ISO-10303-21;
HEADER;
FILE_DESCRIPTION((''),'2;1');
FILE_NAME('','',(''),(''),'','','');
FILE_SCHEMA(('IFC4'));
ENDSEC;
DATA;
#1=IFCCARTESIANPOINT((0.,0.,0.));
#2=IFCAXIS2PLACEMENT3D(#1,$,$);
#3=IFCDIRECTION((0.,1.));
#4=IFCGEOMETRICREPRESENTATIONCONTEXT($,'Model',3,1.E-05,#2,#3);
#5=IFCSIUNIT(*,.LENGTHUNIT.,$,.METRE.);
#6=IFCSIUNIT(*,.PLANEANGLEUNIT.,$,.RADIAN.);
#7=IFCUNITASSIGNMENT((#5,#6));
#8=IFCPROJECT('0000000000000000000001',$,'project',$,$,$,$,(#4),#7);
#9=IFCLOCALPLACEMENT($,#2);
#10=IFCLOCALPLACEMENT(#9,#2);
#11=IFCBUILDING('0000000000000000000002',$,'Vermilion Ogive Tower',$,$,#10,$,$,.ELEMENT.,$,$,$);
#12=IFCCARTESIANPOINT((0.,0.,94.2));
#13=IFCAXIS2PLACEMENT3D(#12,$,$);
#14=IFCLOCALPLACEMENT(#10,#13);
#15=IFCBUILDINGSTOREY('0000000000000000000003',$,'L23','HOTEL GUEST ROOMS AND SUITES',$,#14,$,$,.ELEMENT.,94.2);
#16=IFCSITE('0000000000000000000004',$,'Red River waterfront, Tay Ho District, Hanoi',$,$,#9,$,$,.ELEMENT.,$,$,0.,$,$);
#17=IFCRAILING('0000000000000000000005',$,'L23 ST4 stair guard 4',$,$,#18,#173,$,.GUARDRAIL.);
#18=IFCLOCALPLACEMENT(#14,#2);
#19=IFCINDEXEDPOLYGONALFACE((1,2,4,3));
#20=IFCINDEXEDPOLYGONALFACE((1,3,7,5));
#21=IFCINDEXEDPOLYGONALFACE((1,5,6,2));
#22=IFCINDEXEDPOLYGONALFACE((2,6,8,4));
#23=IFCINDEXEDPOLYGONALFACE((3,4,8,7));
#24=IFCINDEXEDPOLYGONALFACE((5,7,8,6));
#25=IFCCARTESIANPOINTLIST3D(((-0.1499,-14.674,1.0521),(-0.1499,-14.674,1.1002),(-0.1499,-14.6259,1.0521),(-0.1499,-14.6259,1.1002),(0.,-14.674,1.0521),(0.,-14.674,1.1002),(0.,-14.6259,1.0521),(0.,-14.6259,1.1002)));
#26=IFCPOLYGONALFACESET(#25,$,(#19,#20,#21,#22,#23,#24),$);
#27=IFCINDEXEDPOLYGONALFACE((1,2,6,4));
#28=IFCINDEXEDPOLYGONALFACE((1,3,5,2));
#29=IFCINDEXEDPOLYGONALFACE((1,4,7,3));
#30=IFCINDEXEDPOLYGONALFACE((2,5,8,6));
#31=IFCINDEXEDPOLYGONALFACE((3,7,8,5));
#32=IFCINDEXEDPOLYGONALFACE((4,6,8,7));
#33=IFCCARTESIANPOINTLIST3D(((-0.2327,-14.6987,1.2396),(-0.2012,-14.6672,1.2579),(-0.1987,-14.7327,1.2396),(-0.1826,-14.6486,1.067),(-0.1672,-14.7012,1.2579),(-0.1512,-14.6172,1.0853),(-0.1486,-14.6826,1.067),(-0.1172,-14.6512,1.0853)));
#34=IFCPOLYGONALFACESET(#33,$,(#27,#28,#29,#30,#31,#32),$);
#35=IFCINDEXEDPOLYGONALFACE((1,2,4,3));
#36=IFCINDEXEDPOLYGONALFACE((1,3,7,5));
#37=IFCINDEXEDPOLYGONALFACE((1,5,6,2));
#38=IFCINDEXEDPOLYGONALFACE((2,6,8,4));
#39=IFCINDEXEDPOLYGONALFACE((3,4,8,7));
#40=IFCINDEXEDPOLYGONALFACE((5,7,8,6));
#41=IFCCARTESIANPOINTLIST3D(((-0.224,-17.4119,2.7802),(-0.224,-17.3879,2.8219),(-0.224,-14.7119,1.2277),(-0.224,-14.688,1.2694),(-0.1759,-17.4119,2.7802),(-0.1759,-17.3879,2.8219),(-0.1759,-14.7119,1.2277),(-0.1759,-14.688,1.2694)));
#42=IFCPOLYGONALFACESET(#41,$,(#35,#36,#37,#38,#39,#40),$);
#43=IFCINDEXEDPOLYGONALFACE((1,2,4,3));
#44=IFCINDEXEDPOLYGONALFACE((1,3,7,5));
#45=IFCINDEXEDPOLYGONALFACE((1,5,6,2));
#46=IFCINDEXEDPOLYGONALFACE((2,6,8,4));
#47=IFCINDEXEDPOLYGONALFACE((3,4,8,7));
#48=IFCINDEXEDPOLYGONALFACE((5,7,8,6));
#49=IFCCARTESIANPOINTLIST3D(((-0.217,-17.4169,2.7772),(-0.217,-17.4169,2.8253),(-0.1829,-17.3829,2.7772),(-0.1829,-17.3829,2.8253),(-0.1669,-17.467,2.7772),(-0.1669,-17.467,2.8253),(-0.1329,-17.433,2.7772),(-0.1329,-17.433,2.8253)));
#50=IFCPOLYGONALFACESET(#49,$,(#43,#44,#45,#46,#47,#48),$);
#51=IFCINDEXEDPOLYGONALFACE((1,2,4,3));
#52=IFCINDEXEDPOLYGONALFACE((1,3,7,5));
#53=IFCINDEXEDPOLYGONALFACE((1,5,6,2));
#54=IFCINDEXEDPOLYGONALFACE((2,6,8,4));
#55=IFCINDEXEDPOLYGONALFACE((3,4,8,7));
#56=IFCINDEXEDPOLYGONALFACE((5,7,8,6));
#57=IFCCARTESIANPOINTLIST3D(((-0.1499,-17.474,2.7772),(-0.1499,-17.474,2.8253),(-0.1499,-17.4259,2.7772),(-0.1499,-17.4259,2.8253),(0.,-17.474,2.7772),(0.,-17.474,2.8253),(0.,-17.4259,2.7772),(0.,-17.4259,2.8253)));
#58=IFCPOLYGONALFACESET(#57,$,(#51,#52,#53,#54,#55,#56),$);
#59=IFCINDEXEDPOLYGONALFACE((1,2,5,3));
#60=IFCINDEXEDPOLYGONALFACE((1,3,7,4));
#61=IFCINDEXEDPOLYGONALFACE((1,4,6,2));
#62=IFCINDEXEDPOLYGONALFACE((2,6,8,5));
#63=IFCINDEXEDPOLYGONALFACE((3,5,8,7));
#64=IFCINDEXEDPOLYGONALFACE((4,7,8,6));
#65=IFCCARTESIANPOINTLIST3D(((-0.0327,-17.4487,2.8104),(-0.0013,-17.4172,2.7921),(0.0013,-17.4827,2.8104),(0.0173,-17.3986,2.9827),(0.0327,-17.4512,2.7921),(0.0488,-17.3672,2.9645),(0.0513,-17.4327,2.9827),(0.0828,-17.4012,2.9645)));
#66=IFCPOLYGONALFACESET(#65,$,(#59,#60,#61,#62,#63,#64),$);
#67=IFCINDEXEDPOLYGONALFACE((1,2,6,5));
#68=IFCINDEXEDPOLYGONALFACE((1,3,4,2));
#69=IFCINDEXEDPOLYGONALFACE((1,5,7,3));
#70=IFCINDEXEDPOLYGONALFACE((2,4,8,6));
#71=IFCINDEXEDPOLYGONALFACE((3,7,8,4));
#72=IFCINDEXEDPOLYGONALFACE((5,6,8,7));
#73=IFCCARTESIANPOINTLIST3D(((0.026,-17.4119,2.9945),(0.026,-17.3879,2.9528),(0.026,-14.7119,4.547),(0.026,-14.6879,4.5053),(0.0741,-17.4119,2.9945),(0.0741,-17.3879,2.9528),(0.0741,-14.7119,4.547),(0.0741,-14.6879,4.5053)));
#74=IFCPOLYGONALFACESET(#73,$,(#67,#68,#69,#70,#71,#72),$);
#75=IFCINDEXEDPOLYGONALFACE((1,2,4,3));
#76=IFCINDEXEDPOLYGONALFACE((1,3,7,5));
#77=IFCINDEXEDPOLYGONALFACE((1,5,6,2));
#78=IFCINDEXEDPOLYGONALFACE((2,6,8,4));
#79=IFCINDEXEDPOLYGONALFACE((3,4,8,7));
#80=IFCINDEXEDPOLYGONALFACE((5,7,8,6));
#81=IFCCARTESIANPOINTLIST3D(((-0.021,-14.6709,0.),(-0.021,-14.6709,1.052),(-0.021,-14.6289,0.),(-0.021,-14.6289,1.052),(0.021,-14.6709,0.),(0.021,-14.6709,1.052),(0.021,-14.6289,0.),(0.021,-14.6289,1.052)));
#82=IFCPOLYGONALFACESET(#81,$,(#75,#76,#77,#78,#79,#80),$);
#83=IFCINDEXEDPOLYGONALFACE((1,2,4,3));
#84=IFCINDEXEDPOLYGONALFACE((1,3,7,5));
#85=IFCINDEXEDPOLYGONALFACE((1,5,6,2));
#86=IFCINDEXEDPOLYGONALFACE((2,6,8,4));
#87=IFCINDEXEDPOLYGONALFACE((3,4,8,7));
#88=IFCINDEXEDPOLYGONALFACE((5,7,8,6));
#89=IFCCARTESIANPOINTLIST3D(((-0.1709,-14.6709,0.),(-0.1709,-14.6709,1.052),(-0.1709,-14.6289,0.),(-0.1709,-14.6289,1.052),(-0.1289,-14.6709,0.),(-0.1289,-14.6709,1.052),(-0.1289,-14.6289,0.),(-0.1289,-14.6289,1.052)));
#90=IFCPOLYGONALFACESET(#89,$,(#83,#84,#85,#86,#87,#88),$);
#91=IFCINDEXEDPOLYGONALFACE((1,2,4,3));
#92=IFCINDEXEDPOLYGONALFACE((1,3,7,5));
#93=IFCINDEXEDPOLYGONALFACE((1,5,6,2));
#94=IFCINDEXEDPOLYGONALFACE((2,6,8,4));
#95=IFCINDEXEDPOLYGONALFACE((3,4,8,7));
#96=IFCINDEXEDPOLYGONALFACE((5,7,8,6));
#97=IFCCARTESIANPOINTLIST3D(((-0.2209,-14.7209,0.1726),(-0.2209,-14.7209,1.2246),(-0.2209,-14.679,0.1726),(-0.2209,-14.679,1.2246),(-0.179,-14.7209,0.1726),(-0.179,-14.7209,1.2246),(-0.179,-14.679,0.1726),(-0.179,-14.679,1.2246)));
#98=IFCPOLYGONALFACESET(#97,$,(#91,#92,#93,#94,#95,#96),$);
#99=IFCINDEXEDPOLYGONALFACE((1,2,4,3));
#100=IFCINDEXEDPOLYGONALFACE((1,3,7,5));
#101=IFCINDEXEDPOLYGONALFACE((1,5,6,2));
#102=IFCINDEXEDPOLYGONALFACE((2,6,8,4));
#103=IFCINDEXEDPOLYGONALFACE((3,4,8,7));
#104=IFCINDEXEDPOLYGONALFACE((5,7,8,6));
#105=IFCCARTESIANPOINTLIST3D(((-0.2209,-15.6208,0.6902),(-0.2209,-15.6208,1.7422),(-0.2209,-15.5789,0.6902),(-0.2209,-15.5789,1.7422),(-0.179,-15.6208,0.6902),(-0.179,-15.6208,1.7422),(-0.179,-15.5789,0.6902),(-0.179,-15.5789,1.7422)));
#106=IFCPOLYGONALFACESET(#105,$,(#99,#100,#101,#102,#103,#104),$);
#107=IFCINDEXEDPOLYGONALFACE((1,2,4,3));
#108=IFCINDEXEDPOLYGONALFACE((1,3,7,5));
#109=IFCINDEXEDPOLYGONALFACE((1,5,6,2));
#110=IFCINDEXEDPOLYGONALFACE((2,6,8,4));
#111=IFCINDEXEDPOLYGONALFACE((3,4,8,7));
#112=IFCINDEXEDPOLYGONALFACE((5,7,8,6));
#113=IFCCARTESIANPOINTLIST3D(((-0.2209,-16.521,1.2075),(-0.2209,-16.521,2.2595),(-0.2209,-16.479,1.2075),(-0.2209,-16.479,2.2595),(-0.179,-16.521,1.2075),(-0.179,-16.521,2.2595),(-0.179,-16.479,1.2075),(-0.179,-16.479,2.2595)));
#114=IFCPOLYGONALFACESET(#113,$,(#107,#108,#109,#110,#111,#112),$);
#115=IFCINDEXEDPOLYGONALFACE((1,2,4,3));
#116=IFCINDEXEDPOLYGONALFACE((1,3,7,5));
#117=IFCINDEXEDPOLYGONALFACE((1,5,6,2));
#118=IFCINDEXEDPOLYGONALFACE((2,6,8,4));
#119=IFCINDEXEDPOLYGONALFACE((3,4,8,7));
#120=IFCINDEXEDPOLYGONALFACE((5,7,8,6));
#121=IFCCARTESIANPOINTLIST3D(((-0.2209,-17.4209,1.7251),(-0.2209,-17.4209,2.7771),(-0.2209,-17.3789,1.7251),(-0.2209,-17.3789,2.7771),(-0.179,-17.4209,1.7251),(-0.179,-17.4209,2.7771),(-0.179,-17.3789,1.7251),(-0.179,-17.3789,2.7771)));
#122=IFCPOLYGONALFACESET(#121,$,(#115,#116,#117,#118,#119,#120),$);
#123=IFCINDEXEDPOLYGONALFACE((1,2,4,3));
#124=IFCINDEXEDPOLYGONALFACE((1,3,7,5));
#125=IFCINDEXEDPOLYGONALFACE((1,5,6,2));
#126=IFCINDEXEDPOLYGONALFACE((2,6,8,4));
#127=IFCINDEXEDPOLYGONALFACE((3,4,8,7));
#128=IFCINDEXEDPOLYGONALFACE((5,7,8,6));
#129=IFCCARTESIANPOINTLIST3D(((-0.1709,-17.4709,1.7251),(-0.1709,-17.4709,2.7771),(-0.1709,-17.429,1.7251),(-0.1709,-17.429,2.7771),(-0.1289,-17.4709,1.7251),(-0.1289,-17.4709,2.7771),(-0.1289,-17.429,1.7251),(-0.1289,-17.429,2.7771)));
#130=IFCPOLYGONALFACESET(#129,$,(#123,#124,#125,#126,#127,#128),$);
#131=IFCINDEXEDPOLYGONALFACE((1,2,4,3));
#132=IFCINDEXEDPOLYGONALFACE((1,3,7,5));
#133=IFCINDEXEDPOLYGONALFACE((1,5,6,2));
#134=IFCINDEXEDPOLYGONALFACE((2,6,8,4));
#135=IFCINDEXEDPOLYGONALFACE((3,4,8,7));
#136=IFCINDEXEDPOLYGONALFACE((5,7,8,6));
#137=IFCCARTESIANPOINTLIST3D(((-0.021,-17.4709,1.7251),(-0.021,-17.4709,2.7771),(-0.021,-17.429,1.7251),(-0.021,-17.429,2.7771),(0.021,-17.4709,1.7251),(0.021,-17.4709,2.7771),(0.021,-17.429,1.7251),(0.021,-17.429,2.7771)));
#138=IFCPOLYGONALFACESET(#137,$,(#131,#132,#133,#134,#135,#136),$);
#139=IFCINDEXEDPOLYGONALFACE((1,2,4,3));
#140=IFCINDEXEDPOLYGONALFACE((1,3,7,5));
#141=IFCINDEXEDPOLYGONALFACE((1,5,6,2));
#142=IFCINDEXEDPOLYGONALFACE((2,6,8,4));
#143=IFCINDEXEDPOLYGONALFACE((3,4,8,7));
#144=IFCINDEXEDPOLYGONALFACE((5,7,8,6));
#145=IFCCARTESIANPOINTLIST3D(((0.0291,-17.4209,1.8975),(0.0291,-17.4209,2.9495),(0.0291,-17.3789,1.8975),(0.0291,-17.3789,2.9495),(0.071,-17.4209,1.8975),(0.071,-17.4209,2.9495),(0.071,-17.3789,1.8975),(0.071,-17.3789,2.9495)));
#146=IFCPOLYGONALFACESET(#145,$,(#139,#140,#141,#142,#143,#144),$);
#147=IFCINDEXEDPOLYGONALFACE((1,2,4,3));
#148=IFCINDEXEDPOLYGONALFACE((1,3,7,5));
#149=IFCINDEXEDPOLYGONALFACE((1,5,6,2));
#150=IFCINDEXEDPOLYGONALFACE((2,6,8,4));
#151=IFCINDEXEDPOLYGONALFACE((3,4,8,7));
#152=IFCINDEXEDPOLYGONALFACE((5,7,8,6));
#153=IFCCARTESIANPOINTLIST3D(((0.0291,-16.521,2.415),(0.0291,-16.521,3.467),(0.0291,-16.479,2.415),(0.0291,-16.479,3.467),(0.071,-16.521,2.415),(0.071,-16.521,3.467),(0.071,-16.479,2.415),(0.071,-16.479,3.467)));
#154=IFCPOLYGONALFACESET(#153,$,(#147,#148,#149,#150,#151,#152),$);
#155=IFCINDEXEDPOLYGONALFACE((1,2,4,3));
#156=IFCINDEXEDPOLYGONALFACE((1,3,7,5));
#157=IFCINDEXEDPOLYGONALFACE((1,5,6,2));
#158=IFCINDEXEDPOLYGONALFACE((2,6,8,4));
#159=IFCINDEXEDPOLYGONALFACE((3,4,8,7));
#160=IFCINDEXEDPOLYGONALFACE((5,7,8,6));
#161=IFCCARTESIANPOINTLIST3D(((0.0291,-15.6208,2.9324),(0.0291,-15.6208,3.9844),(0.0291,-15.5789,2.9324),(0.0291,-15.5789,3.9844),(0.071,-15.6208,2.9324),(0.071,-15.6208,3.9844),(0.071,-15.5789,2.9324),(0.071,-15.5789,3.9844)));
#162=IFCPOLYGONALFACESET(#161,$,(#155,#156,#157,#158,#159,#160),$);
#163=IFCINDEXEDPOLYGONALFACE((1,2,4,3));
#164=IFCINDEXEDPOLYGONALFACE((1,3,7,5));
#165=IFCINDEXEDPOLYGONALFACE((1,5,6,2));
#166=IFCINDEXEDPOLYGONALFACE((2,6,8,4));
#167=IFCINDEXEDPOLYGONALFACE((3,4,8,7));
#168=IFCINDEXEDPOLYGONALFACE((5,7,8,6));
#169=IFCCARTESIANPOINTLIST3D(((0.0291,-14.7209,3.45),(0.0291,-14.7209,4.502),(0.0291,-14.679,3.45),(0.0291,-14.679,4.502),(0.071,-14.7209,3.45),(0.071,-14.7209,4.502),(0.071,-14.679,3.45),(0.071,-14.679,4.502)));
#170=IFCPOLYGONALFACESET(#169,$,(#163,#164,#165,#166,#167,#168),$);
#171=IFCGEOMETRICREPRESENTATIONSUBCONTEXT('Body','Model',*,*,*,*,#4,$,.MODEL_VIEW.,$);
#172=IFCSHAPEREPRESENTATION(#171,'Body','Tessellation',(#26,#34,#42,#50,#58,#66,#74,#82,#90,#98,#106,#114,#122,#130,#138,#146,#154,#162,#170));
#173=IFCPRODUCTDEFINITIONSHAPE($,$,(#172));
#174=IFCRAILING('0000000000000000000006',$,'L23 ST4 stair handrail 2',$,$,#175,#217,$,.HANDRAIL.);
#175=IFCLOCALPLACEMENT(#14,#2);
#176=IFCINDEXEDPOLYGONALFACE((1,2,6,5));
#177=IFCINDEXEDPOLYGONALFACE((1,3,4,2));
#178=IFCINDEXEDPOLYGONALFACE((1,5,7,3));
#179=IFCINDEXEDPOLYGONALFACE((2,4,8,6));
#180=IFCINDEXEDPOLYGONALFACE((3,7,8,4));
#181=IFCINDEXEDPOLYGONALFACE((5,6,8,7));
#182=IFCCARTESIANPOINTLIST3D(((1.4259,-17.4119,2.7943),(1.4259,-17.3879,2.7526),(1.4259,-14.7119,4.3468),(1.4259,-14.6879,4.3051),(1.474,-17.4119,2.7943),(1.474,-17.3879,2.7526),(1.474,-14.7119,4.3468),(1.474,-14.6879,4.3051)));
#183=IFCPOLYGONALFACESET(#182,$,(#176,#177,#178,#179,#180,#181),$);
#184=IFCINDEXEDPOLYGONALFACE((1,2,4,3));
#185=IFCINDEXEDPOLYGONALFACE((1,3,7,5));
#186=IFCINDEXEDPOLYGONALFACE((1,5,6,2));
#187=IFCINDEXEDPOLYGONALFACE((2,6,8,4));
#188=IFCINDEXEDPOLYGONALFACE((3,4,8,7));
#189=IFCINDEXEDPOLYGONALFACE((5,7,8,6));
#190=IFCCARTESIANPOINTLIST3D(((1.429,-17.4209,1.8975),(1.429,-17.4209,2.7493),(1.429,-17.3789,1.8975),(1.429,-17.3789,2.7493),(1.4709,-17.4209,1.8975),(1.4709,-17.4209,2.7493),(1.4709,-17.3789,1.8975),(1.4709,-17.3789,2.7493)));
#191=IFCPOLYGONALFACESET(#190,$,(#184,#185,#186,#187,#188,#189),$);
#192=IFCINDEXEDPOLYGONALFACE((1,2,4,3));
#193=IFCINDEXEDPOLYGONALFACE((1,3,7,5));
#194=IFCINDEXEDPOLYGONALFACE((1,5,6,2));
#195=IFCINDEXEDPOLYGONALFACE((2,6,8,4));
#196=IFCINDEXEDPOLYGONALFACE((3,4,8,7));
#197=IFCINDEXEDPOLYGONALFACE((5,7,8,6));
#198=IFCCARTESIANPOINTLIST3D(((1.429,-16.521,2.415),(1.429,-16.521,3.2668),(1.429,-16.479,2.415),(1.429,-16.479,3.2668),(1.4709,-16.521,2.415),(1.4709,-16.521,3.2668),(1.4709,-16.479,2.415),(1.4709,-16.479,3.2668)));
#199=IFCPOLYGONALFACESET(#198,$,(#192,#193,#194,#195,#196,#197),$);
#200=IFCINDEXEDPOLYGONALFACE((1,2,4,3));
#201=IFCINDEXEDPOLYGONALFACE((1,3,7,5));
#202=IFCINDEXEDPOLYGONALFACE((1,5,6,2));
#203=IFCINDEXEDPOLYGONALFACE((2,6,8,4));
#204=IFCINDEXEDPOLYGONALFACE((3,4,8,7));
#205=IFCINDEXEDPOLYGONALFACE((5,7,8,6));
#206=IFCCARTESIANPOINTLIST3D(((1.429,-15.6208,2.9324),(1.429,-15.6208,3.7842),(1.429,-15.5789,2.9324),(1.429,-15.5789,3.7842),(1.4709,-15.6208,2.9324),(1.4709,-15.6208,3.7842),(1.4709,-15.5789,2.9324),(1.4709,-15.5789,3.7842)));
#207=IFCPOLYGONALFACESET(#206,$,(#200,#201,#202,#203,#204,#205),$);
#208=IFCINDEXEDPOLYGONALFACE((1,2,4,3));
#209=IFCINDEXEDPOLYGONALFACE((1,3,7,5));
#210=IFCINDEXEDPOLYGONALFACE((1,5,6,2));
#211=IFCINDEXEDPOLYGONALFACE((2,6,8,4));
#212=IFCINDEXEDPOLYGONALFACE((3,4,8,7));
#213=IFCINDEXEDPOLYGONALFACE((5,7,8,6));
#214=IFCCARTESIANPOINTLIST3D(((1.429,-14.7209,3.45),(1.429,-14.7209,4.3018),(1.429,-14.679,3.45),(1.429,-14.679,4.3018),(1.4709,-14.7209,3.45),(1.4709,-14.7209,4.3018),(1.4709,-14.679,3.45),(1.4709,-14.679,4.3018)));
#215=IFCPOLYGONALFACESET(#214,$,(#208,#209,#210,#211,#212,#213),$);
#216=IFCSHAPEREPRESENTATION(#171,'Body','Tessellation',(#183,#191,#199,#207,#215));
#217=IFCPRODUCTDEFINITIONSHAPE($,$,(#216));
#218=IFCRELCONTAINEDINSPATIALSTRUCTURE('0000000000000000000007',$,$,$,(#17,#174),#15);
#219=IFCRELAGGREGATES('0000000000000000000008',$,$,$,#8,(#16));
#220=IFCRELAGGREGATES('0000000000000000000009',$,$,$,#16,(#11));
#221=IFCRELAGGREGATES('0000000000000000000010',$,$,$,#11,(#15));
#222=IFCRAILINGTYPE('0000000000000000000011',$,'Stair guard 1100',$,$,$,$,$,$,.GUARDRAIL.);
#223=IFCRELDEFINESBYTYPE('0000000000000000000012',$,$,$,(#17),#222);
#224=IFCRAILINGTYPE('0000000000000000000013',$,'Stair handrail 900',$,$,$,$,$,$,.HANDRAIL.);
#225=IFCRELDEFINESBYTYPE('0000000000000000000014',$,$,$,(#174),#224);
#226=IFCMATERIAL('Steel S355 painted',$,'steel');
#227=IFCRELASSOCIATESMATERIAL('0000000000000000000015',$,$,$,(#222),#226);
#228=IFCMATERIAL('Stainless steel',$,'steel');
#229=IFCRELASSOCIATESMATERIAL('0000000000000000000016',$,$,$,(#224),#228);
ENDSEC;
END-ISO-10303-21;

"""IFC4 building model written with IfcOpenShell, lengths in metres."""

from ifc_helpers import new_model, si_unit, direction, frame, origin, origin_2d, place, context, subcontext, project, spatial, rectangle, extrude, material, type_object, element, save


model = new_model("IFC4")

# Units and contexts
model_context = context("Model", 3, precision=1e-05, world=origin(), true_north=direction((0.0, 1.0)))
body_context = subcontext(model_context, "Body", "Model", "MODEL_VIEW")
ifc_project = project(units=[si_unit("LENGTHUNIT", "METRE"), si_unit("PLANEANGLEUNIT", "RADIAN")], contexts=[model_context])

# Site, building, storey
site_placement = place(None, origin())
site = spatial("IfcSite", under=ifc_project, at=site_placement, Name="Red River waterfront, Tay Ho District, Hanoi", CompositionType="ELEMENT", RefElevation=0.0)
building_placement = place(site_placement, origin())
building = spatial("IfcBuilding", under=site, at=building_placement, Name="Vermilion Ogive Tower", CompositionType="ELEMENT")
storey_placement = place(building_placement, frame((0.0, 0.0, 94.2)))
storey = spatial("IfcBuildingStorey", under=building, at=storey_placement, Name="L23", Description="HOTEL GUEST ROOMS AND SUITES", CompositionType="ELEMENT", Elevation=94.2)

# Railings
ifc_material_1 = material(Name="Steel S355 painted", Category="steel")
railing_type_1 = type_object("IfcRailingType", Name="Stair guard 1100", PredefinedType="GUARDRAIL", material=ifc_material_1)
railing_1_placement = place(storey_placement, frame((0.0, -14.6499, 0.0)))
element("IfcRailing", 1, at=railing_1_placement, inside=storey, type_object=railing_type_1, Name="L23 ST4 stair guard 4", PredefinedType="GUARDRAIL", context=body_context, shape_type="SweptSolid", body=[
    extrude(rectangle(XDim=0.0481, YDim=0.0481, at=origin_2d()), frame((0.0, 0.0, 1.0762), z_axis=(-1.0, 0.0, 0.0), x_axis=(0.0, -1.0, 0.0)), (0.0, 0.0, 1.0), 0.1499),
    extrude(rectangle(XDim=0.0481, YDim=0.0481, at=origin_2d()), frame((-0.1499, 0.0, 1.0762), z_axis=(-0.268278, -0.268278, 0.925232), x_axis=(0.707107, -0.707107, 0.0)), (0.0, 0.0, 1.0), 0.1865),
    extrude(rectangle(XDim=0.0481, YDim=0.0481, at=origin_2d()), frame((-0.2, -0.05, 1.2485), z_axis=(0.0, -0.866904, 0.498476), x_axis=(1.0, 0.0, 0.0)), (0.0, 0.0, 1.0), 3.1145),
    extrude(rectangle(XDim=0.0481, YDim=0.0481, at=origin_2d()), frame((-0.2, -2.75, 2.8013), z_axis=(0.707107, -0.707107, 0.0), x_axis=(0.707107, 0.707107, 0.0)), (0.0, 0.0, 1.0), 0.0708),
    extrude(rectangle(XDim=0.0481, YDim=0.0481, at=origin_2d()), frame((-0.1499, -2.8, 2.8013), z_axis=(1.0, 0.0, 0.0), x_axis=(0.0, 1.0, 0.0)), (0.0, 0.0, 1.0), 0.1499),
    extrude(rectangle(XDim=0.0481, YDim=0.0481, at=origin_2d()), frame((0.0, -2.8, 2.8013), z_axis=(0.268603, 0.268603, 0.925043), x_axis=(-0.707107, 0.707107, 0.0)), (0.0, 0.0, 1.0), 0.1863),
    extrude(rectangle(XDim=0.0481, YDim=0.0481, at=origin_2d()), frame((0.05, -2.75, 2.9736), z_axis=(0.0, 0.866904, 0.498476), x_axis=(-1.0, 0.0, 0.0)), (0.0, 0.0, 1.0), 3.1145),
    extrude(rectangle(XDim=0.042, YDim=0.042, at=origin_2d()), origin(), (0.0, 0.0, 1.0), 1.052),
    extrude(rectangle(XDim=0.042, YDim=0.042, at=origin_2d()), frame((-0.1499, 0.0, 0.0)), (0.0, 0.0, 1.0), 1.052),
    extrude(rectangle(XDim=0.042, YDim=0.042, at=origin_2d()), frame((-0.2, -0.05, 0.1726)), (0.0, 0.0, 1.0), 1.052),
    extrude(rectangle(XDim=0.042, YDim=0.042, at=origin_2d()), frame((-0.2, -0.95, 0.6902)), (0.0, 0.0, 1.0), 1.052),
    extrude(rectangle(XDim=0.042, YDim=0.042, at=origin_2d()), frame((-0.2, -1.8501, 1.2075)), (0.0, 0.0, 1.0), 1.052),
    extrude(rectangle(XDim=0.042, YDim=0.042, at=origin_2d()), frame((-0.2, -2.75, 1.7251)), (0.0, 0.0, 1.0), 1.052),
    extrude(rectangle(XDim=0.042, YDim=0.042, at=origin_2d()), frame((-0.1499, -2.8, 1.7251)), (0.0, 0.0, 1.0), 1.052),
    extrude(rectangle(XDim=0.042, YDim=0.042, at=origin_2d()), frame((0.0, -2.8, 1.7251)), (0.0, 0.0, 1.0), 1.052),
    extrude(rectangle(XDim=0.042, YDim=0.042, at=origin_2d()), frame((0.05, -2.75, 1.8975)), (0.0, 0.0, 1.0), 1.052),
    extrude(rectangle(XDim=0.042, YDim=0.042, at=origin_2d()), frame((0.05, -1.8501, 2.415)), (0.0, 0.0, 1.0), 1.052),
    extrude(rectangle(XDim=0.042, YDim=0.042, at=origin_2d()), frame((0.05, -0.95, 2.9324)), (0.0, 0.0, 1.0), 1.052),
    extrude(rectangle(XDim=0.042, YDim=0.042, at=origin_2d()), frame((0.05, -0.05, 3.45)), (0.0, 0.0, 1.0), 1.052),
])
ifc_material_2 = material(Name="Stainless steel", Category="steel")
railing_type_2 = type_object("IfcRailingType", Name="Stair handrail 900", PredefinedType="HANDRAIL", material=ifc_material_2)
railing_2_placement = place(storey_placement, frame((1.45, -17.3999, 1.8975)))
element("IfcRailing", 2, at=railing_2_placement, inside=storey, type_object=railing_type_2, Name="L23 ST4 stair handrail 2", PredefinedType="HANDRAIL", context=body_context, shape_type="SweptSolid", body=[
    extrude(rectangle(XDim=0.0481, YDim=0.0481, at=origin_2d()), frame((0.0, 0.0, 0.876), z_axis=(0.0, 0.866904, 0.498476), x_axis=(-1.0, 0.0, 0.0)), (0.0, 0.0, 1.0), 3.1145),
    extrude(rectangle(XDim=0.042, YDim=0.042, at=origin_2d()), origin(), (0.0, 0.0, 1.0), 0.8518),
    extrude(rectangle(XDim=0.042, YDim=0.042, at=origin_2d()), frame((0.0, 0.8999, 0.5176)), (0.0, 0.0, 1.0), 0.8518),
    extrude(rectangle(XDim=0.042, YDim=0.042, at=origin_2d()), frame((0.0, 1.8, 1.0349)), (0.0, 0.0, 1.0), 0.8518),
    extrude(rectangle(XDim=0.042, YDim=0.042, at=origin_2d()), frame((0.0, 2.7, 1.5525)), (0.0, 0.0, 1.0), 0.8518),
])

save(model, "model.ifc")
